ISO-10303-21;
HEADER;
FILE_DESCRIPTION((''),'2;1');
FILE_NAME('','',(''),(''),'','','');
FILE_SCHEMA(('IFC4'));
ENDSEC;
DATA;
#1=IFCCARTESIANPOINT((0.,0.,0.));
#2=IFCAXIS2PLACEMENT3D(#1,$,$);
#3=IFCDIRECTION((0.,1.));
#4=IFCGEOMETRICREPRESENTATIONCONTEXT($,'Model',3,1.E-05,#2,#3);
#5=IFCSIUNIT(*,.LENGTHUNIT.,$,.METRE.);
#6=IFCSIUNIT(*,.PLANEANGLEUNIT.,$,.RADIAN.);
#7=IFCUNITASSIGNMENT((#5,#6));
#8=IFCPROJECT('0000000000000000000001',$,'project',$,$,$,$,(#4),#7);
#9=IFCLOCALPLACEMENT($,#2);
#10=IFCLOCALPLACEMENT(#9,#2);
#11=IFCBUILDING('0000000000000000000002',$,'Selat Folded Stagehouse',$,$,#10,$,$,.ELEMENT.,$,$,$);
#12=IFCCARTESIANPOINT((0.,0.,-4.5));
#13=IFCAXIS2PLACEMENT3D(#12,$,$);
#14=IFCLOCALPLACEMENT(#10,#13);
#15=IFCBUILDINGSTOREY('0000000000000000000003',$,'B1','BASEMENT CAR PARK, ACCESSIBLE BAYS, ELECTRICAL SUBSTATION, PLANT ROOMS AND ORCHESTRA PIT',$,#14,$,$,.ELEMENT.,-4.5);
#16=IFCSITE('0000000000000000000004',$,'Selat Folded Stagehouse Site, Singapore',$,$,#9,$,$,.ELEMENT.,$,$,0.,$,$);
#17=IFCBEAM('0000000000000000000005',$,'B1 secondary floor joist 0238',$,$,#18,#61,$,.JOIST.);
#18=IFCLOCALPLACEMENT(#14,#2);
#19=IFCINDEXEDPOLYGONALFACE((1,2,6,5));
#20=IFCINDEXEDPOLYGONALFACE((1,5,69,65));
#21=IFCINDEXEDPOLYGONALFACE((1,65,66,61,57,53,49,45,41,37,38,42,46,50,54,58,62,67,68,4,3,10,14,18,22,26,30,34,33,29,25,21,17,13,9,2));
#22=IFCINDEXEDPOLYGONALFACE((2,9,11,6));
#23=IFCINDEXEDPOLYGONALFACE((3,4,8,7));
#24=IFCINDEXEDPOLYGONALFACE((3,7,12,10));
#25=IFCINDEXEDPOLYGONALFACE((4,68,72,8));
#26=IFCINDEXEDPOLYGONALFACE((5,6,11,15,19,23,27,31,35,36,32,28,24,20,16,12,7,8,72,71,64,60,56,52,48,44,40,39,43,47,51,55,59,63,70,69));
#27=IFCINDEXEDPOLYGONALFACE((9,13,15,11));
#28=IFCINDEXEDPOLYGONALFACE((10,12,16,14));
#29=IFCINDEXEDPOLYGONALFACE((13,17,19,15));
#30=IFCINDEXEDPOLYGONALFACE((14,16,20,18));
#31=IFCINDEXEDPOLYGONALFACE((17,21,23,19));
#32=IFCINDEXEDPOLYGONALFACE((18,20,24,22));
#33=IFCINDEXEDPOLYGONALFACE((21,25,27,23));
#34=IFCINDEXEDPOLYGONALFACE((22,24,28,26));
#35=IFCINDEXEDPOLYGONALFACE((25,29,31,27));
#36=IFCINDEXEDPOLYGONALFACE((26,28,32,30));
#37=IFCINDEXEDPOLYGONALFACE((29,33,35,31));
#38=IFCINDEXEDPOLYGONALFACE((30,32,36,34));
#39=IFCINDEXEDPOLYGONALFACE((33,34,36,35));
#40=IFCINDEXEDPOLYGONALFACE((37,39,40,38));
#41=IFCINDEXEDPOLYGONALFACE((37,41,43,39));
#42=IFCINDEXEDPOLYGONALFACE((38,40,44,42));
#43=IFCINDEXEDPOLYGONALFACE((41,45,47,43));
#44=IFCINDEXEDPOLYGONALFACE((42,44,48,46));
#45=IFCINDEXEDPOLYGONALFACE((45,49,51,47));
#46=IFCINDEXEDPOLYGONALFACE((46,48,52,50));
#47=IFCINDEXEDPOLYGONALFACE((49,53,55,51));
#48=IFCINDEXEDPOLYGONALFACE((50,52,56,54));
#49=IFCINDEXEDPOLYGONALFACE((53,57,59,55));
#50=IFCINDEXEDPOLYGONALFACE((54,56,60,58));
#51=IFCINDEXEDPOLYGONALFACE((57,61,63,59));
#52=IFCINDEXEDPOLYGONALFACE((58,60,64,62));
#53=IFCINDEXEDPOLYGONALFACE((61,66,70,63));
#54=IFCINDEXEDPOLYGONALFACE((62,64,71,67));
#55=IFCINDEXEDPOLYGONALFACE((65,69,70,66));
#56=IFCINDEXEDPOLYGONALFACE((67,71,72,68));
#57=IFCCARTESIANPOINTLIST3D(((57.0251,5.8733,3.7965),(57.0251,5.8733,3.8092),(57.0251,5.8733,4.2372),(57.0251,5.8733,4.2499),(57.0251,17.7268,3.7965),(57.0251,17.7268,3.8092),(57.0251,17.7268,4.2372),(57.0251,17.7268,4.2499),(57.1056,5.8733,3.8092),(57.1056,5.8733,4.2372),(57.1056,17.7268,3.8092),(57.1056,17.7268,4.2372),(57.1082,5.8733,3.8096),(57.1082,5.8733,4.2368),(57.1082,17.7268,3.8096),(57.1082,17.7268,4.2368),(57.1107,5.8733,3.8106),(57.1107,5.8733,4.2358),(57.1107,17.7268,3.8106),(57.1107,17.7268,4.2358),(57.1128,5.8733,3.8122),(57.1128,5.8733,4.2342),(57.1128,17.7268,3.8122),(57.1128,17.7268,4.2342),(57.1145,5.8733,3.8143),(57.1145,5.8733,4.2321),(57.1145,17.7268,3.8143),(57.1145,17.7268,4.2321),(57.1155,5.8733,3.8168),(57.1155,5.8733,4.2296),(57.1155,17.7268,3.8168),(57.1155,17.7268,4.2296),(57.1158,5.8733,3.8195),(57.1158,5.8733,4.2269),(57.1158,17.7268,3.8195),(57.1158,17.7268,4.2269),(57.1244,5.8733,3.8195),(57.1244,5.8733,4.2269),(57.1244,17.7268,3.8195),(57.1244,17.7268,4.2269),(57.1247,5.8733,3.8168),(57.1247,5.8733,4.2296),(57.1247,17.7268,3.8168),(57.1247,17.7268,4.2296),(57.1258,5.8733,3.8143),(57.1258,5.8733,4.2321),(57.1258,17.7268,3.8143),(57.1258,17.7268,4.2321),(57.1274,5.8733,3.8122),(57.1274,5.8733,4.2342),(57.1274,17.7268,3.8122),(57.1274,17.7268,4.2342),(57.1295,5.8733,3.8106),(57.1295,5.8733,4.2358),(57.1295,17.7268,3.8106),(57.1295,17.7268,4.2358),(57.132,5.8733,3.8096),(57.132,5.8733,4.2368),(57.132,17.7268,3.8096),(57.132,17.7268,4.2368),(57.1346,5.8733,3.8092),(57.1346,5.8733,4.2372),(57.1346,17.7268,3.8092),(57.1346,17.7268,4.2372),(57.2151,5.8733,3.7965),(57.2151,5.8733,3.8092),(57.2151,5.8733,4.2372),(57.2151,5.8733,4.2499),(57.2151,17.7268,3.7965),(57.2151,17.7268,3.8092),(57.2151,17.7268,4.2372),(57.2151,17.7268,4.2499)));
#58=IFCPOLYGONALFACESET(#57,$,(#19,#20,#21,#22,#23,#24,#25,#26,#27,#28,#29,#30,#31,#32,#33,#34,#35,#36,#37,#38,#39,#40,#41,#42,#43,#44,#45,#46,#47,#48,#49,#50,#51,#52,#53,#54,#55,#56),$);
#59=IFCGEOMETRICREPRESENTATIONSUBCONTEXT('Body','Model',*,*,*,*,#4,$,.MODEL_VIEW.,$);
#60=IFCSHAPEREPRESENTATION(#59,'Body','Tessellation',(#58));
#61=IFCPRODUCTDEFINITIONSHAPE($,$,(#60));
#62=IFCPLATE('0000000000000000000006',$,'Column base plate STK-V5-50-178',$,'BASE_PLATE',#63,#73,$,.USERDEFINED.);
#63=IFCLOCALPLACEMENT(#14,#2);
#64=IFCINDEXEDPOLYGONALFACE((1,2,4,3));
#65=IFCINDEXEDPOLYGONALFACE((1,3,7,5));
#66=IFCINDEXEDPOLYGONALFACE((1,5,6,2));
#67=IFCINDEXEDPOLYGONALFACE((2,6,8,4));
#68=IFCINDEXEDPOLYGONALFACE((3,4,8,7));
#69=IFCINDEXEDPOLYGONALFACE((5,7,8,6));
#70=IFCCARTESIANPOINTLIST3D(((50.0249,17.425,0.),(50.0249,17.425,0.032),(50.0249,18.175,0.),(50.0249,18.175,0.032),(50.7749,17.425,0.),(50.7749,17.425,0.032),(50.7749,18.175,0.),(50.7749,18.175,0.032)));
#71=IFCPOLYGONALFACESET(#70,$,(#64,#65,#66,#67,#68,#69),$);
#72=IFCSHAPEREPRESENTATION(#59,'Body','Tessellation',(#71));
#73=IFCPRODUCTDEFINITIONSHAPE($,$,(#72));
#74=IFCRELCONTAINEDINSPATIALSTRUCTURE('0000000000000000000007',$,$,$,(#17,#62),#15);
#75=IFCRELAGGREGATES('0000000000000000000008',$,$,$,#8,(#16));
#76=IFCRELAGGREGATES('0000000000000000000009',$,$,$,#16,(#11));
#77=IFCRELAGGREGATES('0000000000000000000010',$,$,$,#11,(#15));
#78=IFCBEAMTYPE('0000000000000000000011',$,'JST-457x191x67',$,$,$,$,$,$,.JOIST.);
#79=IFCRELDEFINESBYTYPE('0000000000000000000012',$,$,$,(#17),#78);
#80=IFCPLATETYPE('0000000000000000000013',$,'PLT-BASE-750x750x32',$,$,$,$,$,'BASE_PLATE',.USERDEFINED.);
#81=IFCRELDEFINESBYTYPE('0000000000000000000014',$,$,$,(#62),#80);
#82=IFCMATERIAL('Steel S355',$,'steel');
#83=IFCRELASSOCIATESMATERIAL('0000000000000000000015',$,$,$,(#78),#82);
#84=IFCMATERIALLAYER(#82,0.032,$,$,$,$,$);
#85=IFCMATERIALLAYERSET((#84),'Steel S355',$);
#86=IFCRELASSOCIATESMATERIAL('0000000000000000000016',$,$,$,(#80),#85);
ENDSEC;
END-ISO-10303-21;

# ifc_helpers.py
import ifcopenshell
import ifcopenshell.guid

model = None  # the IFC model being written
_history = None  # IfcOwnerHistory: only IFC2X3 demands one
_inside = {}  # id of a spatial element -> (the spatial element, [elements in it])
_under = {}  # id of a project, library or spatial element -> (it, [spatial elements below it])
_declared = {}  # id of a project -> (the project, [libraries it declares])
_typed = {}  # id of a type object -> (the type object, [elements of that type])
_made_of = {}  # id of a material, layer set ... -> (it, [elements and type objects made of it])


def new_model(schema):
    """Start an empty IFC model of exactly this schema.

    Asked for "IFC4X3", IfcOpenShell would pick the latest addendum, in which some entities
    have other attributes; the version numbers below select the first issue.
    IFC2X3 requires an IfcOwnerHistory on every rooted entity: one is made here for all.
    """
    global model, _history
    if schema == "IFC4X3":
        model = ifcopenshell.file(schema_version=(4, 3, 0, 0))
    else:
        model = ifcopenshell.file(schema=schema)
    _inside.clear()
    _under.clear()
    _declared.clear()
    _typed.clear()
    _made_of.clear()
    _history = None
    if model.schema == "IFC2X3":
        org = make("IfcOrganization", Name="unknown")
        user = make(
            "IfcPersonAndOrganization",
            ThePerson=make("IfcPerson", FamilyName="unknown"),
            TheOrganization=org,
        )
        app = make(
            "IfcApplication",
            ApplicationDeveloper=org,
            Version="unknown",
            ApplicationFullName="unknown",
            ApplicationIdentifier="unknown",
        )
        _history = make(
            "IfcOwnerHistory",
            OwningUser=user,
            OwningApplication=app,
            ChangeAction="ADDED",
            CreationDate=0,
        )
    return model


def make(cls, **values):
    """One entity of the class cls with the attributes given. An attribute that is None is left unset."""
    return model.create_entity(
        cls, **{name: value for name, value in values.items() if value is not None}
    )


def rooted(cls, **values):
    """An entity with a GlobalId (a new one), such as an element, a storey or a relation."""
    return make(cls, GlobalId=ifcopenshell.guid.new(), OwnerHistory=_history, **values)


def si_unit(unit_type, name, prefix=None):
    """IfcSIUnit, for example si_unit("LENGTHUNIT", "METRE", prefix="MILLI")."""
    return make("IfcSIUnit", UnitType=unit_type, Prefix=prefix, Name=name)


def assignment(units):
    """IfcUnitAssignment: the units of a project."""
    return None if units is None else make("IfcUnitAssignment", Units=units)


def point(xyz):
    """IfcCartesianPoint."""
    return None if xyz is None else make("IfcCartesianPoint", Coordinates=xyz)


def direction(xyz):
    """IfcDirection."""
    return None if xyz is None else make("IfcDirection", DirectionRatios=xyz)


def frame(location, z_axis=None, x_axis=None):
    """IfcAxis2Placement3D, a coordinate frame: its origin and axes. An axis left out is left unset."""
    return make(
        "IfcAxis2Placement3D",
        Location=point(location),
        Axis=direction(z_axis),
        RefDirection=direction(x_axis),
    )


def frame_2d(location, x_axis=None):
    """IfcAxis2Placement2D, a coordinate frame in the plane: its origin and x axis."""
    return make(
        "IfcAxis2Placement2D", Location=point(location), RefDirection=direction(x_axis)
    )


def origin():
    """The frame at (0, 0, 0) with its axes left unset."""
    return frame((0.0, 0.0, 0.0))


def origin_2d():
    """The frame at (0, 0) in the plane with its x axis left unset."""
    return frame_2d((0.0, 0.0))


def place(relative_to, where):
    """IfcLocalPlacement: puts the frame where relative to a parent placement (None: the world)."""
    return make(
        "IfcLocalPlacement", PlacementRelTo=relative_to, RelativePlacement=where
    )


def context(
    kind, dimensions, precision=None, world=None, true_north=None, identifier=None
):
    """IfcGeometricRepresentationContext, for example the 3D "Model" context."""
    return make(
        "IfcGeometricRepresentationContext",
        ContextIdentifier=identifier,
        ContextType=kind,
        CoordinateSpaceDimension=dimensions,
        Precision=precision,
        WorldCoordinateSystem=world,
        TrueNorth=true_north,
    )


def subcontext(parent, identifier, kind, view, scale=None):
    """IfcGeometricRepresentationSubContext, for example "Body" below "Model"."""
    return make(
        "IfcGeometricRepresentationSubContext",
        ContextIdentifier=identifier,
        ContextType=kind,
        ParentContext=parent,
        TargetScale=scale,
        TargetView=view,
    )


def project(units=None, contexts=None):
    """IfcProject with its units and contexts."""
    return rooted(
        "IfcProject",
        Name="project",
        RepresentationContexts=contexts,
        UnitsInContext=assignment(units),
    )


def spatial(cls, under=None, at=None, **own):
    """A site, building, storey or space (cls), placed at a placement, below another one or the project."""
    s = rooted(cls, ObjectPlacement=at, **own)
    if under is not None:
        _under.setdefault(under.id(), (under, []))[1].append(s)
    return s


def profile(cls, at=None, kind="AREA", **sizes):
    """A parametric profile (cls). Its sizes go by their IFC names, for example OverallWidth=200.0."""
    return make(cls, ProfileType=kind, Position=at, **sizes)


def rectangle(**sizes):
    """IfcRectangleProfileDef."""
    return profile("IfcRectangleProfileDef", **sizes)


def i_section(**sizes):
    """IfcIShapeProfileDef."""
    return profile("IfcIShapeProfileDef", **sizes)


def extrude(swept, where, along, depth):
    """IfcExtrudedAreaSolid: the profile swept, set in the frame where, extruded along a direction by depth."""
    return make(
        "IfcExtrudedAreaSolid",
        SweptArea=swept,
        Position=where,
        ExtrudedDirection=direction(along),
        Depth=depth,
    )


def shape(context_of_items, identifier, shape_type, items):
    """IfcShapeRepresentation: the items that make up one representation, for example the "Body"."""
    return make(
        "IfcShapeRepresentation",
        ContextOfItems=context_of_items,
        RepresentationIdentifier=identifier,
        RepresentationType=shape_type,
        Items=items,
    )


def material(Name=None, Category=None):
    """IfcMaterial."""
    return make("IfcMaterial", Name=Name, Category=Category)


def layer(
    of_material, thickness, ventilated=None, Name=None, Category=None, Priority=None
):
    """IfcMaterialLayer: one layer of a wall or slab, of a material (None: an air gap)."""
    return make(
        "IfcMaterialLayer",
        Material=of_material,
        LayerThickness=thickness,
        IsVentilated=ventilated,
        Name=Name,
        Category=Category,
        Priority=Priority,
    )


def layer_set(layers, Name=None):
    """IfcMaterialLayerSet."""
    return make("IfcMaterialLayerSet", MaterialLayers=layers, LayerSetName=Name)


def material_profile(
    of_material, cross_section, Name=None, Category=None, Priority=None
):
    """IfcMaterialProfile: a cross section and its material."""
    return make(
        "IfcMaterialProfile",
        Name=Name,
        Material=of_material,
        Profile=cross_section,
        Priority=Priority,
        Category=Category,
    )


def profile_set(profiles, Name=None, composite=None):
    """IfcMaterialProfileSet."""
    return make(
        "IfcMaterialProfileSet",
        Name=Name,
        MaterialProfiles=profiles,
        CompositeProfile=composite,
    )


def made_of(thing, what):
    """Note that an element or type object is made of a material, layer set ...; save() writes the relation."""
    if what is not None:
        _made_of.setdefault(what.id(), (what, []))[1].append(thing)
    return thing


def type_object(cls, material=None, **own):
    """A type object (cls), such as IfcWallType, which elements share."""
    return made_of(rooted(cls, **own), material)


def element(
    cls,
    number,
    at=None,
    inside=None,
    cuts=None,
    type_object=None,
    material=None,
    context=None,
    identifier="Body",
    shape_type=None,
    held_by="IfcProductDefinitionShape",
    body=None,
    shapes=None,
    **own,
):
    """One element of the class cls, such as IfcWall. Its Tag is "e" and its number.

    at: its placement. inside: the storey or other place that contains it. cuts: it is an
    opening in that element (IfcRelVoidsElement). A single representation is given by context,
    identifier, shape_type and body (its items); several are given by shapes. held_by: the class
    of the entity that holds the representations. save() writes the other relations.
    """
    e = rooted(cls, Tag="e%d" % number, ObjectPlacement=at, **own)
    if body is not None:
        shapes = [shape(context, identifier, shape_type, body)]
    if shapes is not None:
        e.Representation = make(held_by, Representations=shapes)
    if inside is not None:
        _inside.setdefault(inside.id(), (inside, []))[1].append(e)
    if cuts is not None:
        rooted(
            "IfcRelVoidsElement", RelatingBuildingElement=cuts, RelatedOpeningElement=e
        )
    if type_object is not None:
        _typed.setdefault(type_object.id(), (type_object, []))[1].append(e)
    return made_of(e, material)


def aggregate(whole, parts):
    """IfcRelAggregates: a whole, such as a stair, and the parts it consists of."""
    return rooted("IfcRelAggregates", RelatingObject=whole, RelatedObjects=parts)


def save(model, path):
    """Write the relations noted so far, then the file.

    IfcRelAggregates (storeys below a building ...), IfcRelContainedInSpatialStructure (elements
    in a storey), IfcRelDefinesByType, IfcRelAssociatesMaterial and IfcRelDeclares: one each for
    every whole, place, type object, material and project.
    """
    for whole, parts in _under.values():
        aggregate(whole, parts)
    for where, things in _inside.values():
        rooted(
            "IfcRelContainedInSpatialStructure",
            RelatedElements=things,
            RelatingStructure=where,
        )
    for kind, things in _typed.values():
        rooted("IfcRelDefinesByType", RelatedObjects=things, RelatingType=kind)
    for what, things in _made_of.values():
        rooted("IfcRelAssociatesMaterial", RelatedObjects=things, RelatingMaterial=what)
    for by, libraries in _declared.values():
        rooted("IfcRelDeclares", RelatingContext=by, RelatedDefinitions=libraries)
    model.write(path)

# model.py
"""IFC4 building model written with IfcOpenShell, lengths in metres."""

from ifc_helpers import new_model, si_unit, direction, frame, origin, origin_2d, place, context, subcontext, project, spatial, rectangle, i_section, extrude, material, layer, layer_set, material_profile, profile_set, type_object, element, save


model = new_model("IFC4")

# Units and contexts
model_context = context("Model", 3, precision=1e-05, world=origin(), true_north=direction((0.0, 1.0)))
body_context = subcontext(model_context, "Body", "Model", "MODEL_VIEW")
ifc_project = project(units=[si_unit("LENGTHUNIT", "METRE"), si_unit("PLANEANGLEUNIT", "RADIAN")], contexts=[model_context])

# Site, building, storey
site_placement = place(None, origin())
site = spatial("IfcSite", under=ifc_project, at=site_placement, Name="Selat Folded Stagehouse Site, Singapore", CompositionType="ELEMENT", RefElevation=0.0)
building_placement = place(site_placement, origin())
building = spatial("IfcBuilding", under=site, at=building_placement, Name="Selat Folded Stagehouse", CompositionType="ELEMENT")
storey_placement = place(building_placement, frame((0.0, 0.0, -4.5)))
storey = spatial("IfcBuildingStorey", under=building, at=storey_placement, Name="B1", Description="BASEMENT CAR PARK, ACCESSIBLE BAYS, ELECTRICAL SUBSTATION, PLANT ROOMS AND ORCHESTRA PIT", CompositionType="ELEMENT", Elevation=-4.5)

# Shared definitions
ifc_material_1 = material(Name="Steel S355", Category="steel")

# Beam
ifc_material_profile_1 = material_profile(ifc_material_1, i_section(OverallWidth=0.1899, OverallDepth=0.4534, WebThickness=0.0085, FlangeThickness=0.0127, FilletRadius=0.0103, at=origin_2d()), Name="UKB 457x191x67")
ifc_profile_set_1 = profile_set([ifc_material_profile_1], Name="Steel S355")
beam_type_1 = type_object("IfcBeamType", Name="JST-457x191x67", PredefinedType="JOIST", material=ifc_profile_set_1)
for number, where, z_axis, x_axis, name in (
    (1, (57.1201, 5.8733, 4.0232), (0.0, 1.0, 0.0), (-1.0, 0.0, 0.0), "B1 secondary floor joist 0238"),
):
    element("IfcBeam", number, at=place(storey_placement, frame(where, z_axis=z_axis, x_axis=x_axis)), inside=storey, type_object=beam_type_1, Name=name, PredefinedType="JOIST", context=body_context, shape_type="SweptSolid", body=[
        extrude(i_section(OverallWidth=0.1899, OverallDepth=0.4534, WebThickness=0.0085, FlangeThickness=0.0127, FilletRadius=0.0103, at=origin_2d()), origin(), (0.0, 0.0, 1.0), 11.8535),
    ])

# Plate
ifc_layer = layer(ifc_material_1, 0.032)
ifc_layer_set = layer_set([ifc_layer], Name="Steel S355")
plate_type = type_object("IfcPlateType", Name="PLT-BASE-750x750x32", ElementType="BASE_PLATE", PredefinedType="USERDEFINED", material=ifc_layer_set)
plate_placement = place(storey_placement, frame((50.3999, 17.8, 0.0), z_axis=(0.0, 0.0, 1.0), x_axis=(1.0, 0.0, 0.0)))
element("IfcPlate", 2, at=plate_placement, inside=storey, type_object=plate_type, Name="Column base plate STK-V5-50-178", ObjectType="BASE_PLATE", PredefinedType="USERDEFINED", context=body_context, shape_type="SweptSolid", body=[
    extrude(rectangle(XDim=0.75, YDim=0.75, at=origin_2d()), origin(), (0.0, 0.0, 1.0), 0.032),
])

save(model, "model.ifc")
